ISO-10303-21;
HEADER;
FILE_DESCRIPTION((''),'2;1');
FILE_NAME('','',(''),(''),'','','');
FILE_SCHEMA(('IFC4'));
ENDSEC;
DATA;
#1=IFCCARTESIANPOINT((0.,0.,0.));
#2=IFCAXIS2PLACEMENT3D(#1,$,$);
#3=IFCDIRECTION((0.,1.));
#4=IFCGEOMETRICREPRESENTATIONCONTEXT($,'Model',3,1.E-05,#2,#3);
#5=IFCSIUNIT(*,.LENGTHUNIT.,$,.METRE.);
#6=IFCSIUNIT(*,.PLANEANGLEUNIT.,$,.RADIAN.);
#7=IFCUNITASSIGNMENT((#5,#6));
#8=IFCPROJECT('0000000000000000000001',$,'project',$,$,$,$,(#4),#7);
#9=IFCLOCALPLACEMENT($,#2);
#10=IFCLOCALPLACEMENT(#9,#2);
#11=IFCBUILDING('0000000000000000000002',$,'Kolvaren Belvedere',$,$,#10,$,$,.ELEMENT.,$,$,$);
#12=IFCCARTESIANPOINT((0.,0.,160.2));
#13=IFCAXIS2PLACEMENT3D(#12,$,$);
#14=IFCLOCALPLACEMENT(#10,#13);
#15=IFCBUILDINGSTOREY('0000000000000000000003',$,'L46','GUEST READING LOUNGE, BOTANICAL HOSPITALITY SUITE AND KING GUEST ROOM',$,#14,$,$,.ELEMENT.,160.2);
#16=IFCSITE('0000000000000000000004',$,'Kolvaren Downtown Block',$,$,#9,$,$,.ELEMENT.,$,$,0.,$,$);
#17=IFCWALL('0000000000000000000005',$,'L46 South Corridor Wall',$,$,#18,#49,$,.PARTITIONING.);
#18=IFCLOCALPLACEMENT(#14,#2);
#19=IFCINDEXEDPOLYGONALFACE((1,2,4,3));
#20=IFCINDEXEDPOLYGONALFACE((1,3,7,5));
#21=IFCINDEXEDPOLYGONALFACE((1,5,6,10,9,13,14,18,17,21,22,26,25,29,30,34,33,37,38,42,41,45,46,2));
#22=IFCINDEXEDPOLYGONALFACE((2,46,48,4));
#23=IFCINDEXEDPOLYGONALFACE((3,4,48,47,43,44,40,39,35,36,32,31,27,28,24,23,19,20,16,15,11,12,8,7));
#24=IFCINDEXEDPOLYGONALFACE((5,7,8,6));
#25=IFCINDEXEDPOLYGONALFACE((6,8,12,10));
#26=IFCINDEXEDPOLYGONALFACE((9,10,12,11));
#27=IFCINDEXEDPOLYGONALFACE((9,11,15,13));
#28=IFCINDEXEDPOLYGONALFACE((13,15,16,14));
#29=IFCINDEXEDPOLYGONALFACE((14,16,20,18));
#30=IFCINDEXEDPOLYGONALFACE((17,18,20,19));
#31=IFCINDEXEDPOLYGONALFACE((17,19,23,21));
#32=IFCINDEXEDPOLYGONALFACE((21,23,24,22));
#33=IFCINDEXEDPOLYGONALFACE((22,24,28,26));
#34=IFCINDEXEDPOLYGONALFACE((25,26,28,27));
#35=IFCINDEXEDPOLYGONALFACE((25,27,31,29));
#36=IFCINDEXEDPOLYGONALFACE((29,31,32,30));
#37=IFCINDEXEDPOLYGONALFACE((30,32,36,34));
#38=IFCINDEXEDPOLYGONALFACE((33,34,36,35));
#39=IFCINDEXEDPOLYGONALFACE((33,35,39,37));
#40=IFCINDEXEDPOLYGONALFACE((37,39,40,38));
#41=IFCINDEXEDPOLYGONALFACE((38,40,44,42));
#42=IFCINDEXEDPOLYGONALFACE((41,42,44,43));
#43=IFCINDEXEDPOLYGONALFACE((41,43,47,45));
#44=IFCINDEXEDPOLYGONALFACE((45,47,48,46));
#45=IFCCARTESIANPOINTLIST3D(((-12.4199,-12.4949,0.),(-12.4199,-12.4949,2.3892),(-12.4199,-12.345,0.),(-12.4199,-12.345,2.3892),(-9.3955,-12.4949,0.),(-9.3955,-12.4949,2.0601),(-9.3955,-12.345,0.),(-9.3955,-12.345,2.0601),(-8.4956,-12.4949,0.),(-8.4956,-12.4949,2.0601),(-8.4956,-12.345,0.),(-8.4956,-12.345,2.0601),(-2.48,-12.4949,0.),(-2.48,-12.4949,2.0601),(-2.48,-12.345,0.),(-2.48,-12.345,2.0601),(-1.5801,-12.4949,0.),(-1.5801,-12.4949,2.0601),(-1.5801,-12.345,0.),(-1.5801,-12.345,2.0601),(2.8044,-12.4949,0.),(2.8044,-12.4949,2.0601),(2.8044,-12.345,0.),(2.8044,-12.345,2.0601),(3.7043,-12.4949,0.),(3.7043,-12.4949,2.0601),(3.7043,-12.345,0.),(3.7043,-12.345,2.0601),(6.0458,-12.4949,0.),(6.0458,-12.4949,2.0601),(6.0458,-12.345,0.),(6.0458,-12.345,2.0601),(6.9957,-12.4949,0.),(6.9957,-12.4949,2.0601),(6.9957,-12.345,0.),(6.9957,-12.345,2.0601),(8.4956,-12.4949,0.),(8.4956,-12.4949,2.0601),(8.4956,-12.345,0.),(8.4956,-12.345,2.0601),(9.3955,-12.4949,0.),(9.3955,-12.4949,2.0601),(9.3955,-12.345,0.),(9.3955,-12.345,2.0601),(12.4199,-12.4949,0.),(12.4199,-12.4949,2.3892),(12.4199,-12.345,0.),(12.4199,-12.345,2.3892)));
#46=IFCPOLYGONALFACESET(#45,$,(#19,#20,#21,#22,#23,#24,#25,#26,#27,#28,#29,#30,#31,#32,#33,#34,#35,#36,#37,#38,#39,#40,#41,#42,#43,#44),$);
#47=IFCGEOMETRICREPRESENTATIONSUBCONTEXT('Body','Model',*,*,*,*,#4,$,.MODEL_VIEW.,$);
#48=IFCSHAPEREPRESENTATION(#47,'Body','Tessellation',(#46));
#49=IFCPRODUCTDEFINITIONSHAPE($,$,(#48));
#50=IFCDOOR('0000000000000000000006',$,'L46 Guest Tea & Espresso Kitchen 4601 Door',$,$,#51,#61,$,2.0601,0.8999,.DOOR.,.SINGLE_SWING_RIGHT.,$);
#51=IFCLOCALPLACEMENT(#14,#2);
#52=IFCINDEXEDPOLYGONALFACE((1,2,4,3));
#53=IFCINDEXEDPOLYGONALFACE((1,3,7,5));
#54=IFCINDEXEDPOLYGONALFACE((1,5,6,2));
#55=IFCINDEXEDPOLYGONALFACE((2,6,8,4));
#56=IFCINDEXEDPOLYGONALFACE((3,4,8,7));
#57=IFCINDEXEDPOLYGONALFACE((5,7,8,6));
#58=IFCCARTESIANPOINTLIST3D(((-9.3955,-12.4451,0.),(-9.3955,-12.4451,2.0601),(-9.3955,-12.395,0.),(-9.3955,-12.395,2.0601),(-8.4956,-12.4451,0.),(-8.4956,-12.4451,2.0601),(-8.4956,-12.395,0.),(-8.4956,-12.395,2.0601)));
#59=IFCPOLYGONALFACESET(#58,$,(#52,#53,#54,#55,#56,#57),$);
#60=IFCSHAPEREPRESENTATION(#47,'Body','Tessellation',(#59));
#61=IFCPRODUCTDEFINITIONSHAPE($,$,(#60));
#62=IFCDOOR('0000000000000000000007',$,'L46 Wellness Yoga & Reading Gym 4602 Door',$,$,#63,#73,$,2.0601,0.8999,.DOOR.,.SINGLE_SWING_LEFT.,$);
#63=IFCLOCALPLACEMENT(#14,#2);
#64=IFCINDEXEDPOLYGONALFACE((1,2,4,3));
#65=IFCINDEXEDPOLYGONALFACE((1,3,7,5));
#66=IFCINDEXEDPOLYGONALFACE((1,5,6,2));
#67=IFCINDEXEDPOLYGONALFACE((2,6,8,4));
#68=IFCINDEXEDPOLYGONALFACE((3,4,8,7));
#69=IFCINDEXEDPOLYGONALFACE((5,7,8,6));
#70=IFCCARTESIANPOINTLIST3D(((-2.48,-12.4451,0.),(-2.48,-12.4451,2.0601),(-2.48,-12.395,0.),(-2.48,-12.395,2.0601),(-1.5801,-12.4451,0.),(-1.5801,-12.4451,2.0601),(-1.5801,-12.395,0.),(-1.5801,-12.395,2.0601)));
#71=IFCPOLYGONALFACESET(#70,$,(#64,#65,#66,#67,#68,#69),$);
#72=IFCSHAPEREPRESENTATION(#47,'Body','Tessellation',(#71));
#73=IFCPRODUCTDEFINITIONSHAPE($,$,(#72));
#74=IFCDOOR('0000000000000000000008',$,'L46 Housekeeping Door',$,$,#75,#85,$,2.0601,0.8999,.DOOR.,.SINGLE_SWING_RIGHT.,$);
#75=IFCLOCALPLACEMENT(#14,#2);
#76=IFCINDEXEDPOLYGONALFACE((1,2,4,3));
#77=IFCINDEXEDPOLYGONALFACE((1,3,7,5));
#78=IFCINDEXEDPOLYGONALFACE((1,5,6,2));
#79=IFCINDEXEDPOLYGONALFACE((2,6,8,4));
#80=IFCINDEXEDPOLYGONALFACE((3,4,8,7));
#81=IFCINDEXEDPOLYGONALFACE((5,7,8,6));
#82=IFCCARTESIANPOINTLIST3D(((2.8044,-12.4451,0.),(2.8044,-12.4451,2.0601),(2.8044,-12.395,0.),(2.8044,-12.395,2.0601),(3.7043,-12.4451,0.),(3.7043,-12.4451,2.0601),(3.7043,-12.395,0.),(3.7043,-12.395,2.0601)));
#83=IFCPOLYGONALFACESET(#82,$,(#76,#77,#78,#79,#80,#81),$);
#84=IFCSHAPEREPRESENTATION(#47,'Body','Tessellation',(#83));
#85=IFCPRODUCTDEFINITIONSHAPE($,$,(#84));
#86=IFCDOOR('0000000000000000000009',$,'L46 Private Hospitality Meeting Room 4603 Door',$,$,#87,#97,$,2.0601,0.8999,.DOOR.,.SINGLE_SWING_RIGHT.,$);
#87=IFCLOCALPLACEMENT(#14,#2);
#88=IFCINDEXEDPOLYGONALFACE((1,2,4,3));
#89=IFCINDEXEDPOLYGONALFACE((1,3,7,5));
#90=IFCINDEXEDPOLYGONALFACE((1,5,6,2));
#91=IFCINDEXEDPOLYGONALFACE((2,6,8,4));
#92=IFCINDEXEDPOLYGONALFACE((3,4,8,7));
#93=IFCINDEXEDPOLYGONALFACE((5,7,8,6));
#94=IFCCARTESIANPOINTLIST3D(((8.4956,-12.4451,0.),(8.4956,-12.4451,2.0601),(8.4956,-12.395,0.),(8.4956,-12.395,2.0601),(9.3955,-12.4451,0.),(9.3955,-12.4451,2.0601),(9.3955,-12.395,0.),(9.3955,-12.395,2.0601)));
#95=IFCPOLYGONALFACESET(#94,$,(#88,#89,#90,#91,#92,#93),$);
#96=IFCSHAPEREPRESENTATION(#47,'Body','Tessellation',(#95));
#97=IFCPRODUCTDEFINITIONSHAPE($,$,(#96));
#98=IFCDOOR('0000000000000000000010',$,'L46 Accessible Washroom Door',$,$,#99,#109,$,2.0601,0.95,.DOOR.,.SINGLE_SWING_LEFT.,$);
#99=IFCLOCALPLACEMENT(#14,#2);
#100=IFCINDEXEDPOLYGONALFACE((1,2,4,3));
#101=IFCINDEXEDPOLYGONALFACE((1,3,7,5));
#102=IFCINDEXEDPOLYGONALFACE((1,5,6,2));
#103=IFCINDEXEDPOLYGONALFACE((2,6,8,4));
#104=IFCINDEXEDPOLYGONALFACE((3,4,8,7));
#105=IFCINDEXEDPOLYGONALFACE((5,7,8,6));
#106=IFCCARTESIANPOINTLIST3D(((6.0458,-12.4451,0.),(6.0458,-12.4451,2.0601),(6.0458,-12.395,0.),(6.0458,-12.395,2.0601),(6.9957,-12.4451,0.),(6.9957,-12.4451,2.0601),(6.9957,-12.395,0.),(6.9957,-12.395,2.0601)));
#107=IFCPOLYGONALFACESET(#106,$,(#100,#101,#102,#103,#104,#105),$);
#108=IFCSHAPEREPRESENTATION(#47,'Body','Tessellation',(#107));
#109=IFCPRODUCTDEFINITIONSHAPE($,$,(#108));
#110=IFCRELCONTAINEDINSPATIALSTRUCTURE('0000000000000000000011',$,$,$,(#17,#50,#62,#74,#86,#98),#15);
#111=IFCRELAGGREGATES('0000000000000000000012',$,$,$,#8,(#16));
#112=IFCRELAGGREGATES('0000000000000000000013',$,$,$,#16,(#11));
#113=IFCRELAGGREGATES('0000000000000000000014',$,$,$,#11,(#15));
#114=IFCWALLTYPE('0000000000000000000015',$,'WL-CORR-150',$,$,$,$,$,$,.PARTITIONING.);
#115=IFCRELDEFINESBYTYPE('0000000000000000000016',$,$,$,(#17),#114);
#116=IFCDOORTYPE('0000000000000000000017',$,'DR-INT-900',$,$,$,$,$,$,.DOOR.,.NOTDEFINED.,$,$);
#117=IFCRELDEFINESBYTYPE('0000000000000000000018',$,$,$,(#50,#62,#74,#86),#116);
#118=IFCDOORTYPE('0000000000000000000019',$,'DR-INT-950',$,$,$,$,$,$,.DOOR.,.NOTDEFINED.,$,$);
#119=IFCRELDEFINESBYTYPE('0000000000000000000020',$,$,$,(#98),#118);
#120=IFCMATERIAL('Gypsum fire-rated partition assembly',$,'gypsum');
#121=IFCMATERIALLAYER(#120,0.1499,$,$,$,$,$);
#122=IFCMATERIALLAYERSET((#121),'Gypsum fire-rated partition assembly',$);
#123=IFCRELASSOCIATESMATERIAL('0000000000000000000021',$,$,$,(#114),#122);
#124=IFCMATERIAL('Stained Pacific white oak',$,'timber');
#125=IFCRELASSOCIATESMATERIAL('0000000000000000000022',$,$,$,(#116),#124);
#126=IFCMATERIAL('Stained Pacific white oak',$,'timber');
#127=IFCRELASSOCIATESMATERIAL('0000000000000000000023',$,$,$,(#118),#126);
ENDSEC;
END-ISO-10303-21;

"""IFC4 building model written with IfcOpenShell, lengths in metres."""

from ifc_helpers import new_model, si_unit, direction, frame, frame_2d, origin, place, context, subcontext, project, spatial, rectangle, extrude, material, layer, layer_set, type_object, element, fill, save


model = new_model("IFC4")

# Units and contexts
model_context = context("Model", 3, precision=1e-05, world=origin(), true_north=direction((0.0, 1.0)))
body_context = subcontext(model_context, "Body", "Model", "MODEL_VIEW")
ifc_project = project(units=[si_unit("LENGTHUNIT", "METRE"), si_unit("PLANEANGLEUNIT", "RADIAN")], contexts=[model_context])

# Site, building, storey
site_placement = place(None, origin())
site = spatial("IfcSite", under=ifc_project, at=site_placement, Name="Kolvaren Downtown Block", CompositionType="ELEMENT", RefElevation=0.0)
building_placement = place(site_placement, origin())
building = spatial("IfcBuilding", under=site, at=building_placement, Name="Kolvaren Belvedere", CompositionType="ELEMENT")
storey_placement = place(building_placement, frame((0.0, 0.0, 160.2)))
storey = spatial("IfcBuildingStorey", under=building, at=storey_placement, Name="L46", Description="GUEST READING LOUNGE, BOTANICAL HOSPITALITY SUITE AND KING GUEST ROOM", CompositionType="ELEMENT", Elevation=160.2)

# Wall, openings, doors
ifc_material_1 = material(Name="Gypsum fire-rated partition assembly", Category="gypsum")
ifc_layer_1 = layer(ifc_material_1, 0.1499)
ifc_layer_set_1 = layer_set([ifc_layer_1], Name="Gypsum fire-rated partition assembly")
wall_type_1 = type_object("IfcWallType", Name="WL-CORR-150", PredefinedType="PARTITIONING", material=ifc_layer_set_1)
wall_1_placement = place(storey_placement, frame((-12.4199, -12.4199, 0.0), z_axis=(0.0, 0.0, 1.0), x_axis=(1.0, 0.0, 0.0)))
wall_1 = element("IfcWall", 1, at=wall_1_placement, inside=storey, type_object=wall_type_1, Name="L46 South Corridor Wall", PredefinedType="PARTITIONING", context=body_context, shape_type="SweptSolid", body=[
    extrude(rectangle(XDim=24.8398, YDim=0.1499, at=frame_2d((12.4199, 0.0))), origin(), (0.0, 0.0, 1.0), 2.3892),
])
opening_1_placement = place(wall_1_placement, frame((3.0244, 0.0, 0.0)))
opening_1 = element("IfcOpeningElement", 2, at=opening_1_placement, cuts=wall_1, PredefinedType="OPENING", context=body_context, shape_type="SweptSolid", body=[
    extrude(rectangle(XDim=0.8999, YDim=2.0601, at=frame_2d((0.45, 1.03))), frame((0.0, 0.085, 0.0), z_axis=(0.0, -1.0, 0.0), x_axis=(1.0, 0.0, 0.0)), (0.0, 0.0, 1.0), 0.1699),
])
opening_2_placement = place(wall_1_placement, frame((9.9399, 0.0, 0.0)))
opening_2 = element("IfcOpeningElement", 3, at=opening_2_placement, cuts=wall_1, PredefinedType="OPENING", context=body_context, shape_type="SweptSolid", body=[
    extrude(rectangle(XDim=0.8999, YDim=2.0601, at=frame_2d((0.45, 1.03))), frame((0.0, 0.085, 0.0), z_axis=(0.0, -1.0, 0.0), x_axis=(1.0, 0.0, 0.0)), (0.0, 0.0, 1.0), 0.1699),
])
opening_3_placement = place(wall_1_placement, frame((15.2244, 0.0, 0.0)))
opening_3 = element("IfcOpeningElement", 4, at=opening_3_placement, cuts=wall_1, PredefinedType="OPENING", context=body_context, shape_type="SweptSolid", body=[
    extrude(rectangle(XDim=0.8999, YDim=2.0601, at=frame_2d((0.45, 1.03))), frame((0.0, 0.085, 0.0), z_axis=(0.0, -1.0, 0.0), x_axis=(1.0, 0.0, 0.0)), (0.0, 0.0, 1.0), 0.1699),
])
opening_4_placement = place(wall_1_placement, frame((18.4656, 0.0, 0.0)))
opening_4 = element("IfcOpeningElement", 5, at=opening_4_placement, cuts=wall_1, PredefinedType="OPENING", context=body_context, shape_type="SweptSolid", body=[
    extrude(rectangle(XDim=0.95, YDim=2.0601, at=frame_2d((0.4751, 1.03))), frame((0.0, 0.085, 0.0), z_axis=(0.0, -1.0, 0.0), x_axis=(1.0, 0.0, 0.0)), (0.0, 0.0, 1.0), 0.1699),
])
opening_5_placement = place(wall_1_placement, frame((20.9155, 0.0, 0.0)))
opening_5 = element("IfcOpeningElement", 6, at=opening_5_placement, cuts=wall_1, PredefinedType="OPENING", context=body_context, shape_type="SweptSolid", body=[
    extrude(rectangle(XDim=0.8999, YDim=2.0601, at=frame_2d((0.45, 1.03))), frame((0.0, 0.085, 0.0), z_axis=(0.0, -1.0, 0.0), x_axis=(1.0, 0.0, 0.0)), (0.0, 0.0, 1.0), 0.1699),
])
ifc_material_2 = material(Name="Stained Pacific white oak", Category="timber")
door_type_1 = type_object("IfcDoorType", Name="DR-INT-900", OperationType="NOTDEFINED", PredefinedType="DOOR", material=ifc_material_2)
door_1_placement = place(opening_1_placement, origin())
door_1 = element("IfcDoor", 7, at=door_1_placement, inside=storey, type_object=door_type_1, Name="L46 Guest Tea & Espresso Kitchen 4601 Door", OperationType="SINGLE_SWING_RIGHT", OverallHeight=2.0601, OverallWidth=0.8999, PredefinedType="DOOR", context=body_context, shape_type="SweptSolid", body=[
    extrude(rectangle(XDim=0.8999, YDim=2.0601, at=frame_2d((0.45, 1.03))), frame((0.0, 0.0249, 0.0), z_axis=(0.0, -1.0, 0.0), x_axis=(1.0, 0.0, 0.0)), (0.0, 0.0, 1.0), 0.05),
])
fill(opening_1, door_1)
door_2_placement = place(opening_2_placement, origin())
door_2 = element("IfcDoor", 8, at=door_2_placement, inside=storey, type_object=door_type_1, Name="L46 Wellness Yoga & Reading Gym 4602 Door", OperationType="SINGLE_SWING_LEFT", OverallHeight=2.0601, OverallWidth=0.8999, PredefinedType="DOOR", context=body_context, shape_type="SweptSolid", body=[
    extrude(rectangle(XDim=0.8999, YDim=2.0601, at=frame_2d((0.45, 1.03))), frame((0.0, 0.0249, 0.0), z_axis=(0.0, -1.0, 0.0), x_axis=(1.0, 0.0, 0.0)), (0.0, 0.0, 1.0), 0.05),
])
fill(opening_2, door_2)
door_3_placement = place(opening_3_placement, origin())
door_3 = element("IfcDoor", 9, at=door_3_placement, inside=storey, type_object=door_type_1, Name="L46 Housekeeping Door", OperationType="SINGLE_SWING_RIGHT", OverallHeight=2.0601, OverallWidth=0.8999, PredefinedType="DOOR", context=body_context, shape_type="SweptSolid", body=[
    extrude(rectangle(XDim=0.8999, YDim=2.0601, at=frame_2d((0.45, 1.03))), frame((0.0, 0.0249, 0.0), z_axis=(0.0, -1.0, 0.0), x_axis=(1.0, 0.0, 0.0)), (0.0, 0.0, 1.0), 0.05),
])
fill(opening_3, door_3)
door_4_placement = place(opening_5_placement, origin())
door_4 = element("IfcDoor", 10, at=door_4_placement, inside=storey, type_object=door_type_1, Name="L46 Private Hospitality Meeting Room 4603 Door", OperationType="SINGLE_SWING_RIGHT", OverallHeight=2.0601, OverallWidth=0.8999, PredefinedType="DOOR", context=body_context, shape_type="SweptSolid", body=[
    extrude(rectangle(XDim=0.8999, YDim=2.0601, at=frame_2d((0.45, 1.03))), frame((0.0, 0.0249, 0.0), z_axis=(0.0, -1.0, 0.0), x_axis=(1.0, 0.0, 0.0)), (0.0, 0.0, 1.0), 0.05),
])
fill(opening_5, door_4)
ifc_material_3 = material(Name="Stained Pacific white oak", Category="timber")
door_type_2 = type_object("IfcDoorType", Name="DR-INT-950", OperationType="NOTDEFINED", PredefinedType="DOOR", material=ifc_material_3)
door_5_placement = place(opening_4_placement, origin())
door_5 = element("IfcDoor", 11, at=door_5_placement, inside=storey, type_object=door_type_2, Name="L46 Accessible Washroom Door", OperationType="SINGLE_SWING_LEFT", OverallHeight=2.0601, OverallWidth=0.95, PredefinedType="DOOR", context=body_context, shape_type="SweptSolid", body=[
    extrude(rectangle(XDim=0.95, YDim=2.0601, at=frame_2d((0.4751, 1.03))), frame((0.0, 0.0249, 0.0), z_axis=(0.0, -1.0, 0.0), x_axis=(1.0, 0.0, 0.0)), (0.0, 0.0, 1.0), 0.05),
])
fill(opening_4, door_5)

save(model, "model.ifc")
